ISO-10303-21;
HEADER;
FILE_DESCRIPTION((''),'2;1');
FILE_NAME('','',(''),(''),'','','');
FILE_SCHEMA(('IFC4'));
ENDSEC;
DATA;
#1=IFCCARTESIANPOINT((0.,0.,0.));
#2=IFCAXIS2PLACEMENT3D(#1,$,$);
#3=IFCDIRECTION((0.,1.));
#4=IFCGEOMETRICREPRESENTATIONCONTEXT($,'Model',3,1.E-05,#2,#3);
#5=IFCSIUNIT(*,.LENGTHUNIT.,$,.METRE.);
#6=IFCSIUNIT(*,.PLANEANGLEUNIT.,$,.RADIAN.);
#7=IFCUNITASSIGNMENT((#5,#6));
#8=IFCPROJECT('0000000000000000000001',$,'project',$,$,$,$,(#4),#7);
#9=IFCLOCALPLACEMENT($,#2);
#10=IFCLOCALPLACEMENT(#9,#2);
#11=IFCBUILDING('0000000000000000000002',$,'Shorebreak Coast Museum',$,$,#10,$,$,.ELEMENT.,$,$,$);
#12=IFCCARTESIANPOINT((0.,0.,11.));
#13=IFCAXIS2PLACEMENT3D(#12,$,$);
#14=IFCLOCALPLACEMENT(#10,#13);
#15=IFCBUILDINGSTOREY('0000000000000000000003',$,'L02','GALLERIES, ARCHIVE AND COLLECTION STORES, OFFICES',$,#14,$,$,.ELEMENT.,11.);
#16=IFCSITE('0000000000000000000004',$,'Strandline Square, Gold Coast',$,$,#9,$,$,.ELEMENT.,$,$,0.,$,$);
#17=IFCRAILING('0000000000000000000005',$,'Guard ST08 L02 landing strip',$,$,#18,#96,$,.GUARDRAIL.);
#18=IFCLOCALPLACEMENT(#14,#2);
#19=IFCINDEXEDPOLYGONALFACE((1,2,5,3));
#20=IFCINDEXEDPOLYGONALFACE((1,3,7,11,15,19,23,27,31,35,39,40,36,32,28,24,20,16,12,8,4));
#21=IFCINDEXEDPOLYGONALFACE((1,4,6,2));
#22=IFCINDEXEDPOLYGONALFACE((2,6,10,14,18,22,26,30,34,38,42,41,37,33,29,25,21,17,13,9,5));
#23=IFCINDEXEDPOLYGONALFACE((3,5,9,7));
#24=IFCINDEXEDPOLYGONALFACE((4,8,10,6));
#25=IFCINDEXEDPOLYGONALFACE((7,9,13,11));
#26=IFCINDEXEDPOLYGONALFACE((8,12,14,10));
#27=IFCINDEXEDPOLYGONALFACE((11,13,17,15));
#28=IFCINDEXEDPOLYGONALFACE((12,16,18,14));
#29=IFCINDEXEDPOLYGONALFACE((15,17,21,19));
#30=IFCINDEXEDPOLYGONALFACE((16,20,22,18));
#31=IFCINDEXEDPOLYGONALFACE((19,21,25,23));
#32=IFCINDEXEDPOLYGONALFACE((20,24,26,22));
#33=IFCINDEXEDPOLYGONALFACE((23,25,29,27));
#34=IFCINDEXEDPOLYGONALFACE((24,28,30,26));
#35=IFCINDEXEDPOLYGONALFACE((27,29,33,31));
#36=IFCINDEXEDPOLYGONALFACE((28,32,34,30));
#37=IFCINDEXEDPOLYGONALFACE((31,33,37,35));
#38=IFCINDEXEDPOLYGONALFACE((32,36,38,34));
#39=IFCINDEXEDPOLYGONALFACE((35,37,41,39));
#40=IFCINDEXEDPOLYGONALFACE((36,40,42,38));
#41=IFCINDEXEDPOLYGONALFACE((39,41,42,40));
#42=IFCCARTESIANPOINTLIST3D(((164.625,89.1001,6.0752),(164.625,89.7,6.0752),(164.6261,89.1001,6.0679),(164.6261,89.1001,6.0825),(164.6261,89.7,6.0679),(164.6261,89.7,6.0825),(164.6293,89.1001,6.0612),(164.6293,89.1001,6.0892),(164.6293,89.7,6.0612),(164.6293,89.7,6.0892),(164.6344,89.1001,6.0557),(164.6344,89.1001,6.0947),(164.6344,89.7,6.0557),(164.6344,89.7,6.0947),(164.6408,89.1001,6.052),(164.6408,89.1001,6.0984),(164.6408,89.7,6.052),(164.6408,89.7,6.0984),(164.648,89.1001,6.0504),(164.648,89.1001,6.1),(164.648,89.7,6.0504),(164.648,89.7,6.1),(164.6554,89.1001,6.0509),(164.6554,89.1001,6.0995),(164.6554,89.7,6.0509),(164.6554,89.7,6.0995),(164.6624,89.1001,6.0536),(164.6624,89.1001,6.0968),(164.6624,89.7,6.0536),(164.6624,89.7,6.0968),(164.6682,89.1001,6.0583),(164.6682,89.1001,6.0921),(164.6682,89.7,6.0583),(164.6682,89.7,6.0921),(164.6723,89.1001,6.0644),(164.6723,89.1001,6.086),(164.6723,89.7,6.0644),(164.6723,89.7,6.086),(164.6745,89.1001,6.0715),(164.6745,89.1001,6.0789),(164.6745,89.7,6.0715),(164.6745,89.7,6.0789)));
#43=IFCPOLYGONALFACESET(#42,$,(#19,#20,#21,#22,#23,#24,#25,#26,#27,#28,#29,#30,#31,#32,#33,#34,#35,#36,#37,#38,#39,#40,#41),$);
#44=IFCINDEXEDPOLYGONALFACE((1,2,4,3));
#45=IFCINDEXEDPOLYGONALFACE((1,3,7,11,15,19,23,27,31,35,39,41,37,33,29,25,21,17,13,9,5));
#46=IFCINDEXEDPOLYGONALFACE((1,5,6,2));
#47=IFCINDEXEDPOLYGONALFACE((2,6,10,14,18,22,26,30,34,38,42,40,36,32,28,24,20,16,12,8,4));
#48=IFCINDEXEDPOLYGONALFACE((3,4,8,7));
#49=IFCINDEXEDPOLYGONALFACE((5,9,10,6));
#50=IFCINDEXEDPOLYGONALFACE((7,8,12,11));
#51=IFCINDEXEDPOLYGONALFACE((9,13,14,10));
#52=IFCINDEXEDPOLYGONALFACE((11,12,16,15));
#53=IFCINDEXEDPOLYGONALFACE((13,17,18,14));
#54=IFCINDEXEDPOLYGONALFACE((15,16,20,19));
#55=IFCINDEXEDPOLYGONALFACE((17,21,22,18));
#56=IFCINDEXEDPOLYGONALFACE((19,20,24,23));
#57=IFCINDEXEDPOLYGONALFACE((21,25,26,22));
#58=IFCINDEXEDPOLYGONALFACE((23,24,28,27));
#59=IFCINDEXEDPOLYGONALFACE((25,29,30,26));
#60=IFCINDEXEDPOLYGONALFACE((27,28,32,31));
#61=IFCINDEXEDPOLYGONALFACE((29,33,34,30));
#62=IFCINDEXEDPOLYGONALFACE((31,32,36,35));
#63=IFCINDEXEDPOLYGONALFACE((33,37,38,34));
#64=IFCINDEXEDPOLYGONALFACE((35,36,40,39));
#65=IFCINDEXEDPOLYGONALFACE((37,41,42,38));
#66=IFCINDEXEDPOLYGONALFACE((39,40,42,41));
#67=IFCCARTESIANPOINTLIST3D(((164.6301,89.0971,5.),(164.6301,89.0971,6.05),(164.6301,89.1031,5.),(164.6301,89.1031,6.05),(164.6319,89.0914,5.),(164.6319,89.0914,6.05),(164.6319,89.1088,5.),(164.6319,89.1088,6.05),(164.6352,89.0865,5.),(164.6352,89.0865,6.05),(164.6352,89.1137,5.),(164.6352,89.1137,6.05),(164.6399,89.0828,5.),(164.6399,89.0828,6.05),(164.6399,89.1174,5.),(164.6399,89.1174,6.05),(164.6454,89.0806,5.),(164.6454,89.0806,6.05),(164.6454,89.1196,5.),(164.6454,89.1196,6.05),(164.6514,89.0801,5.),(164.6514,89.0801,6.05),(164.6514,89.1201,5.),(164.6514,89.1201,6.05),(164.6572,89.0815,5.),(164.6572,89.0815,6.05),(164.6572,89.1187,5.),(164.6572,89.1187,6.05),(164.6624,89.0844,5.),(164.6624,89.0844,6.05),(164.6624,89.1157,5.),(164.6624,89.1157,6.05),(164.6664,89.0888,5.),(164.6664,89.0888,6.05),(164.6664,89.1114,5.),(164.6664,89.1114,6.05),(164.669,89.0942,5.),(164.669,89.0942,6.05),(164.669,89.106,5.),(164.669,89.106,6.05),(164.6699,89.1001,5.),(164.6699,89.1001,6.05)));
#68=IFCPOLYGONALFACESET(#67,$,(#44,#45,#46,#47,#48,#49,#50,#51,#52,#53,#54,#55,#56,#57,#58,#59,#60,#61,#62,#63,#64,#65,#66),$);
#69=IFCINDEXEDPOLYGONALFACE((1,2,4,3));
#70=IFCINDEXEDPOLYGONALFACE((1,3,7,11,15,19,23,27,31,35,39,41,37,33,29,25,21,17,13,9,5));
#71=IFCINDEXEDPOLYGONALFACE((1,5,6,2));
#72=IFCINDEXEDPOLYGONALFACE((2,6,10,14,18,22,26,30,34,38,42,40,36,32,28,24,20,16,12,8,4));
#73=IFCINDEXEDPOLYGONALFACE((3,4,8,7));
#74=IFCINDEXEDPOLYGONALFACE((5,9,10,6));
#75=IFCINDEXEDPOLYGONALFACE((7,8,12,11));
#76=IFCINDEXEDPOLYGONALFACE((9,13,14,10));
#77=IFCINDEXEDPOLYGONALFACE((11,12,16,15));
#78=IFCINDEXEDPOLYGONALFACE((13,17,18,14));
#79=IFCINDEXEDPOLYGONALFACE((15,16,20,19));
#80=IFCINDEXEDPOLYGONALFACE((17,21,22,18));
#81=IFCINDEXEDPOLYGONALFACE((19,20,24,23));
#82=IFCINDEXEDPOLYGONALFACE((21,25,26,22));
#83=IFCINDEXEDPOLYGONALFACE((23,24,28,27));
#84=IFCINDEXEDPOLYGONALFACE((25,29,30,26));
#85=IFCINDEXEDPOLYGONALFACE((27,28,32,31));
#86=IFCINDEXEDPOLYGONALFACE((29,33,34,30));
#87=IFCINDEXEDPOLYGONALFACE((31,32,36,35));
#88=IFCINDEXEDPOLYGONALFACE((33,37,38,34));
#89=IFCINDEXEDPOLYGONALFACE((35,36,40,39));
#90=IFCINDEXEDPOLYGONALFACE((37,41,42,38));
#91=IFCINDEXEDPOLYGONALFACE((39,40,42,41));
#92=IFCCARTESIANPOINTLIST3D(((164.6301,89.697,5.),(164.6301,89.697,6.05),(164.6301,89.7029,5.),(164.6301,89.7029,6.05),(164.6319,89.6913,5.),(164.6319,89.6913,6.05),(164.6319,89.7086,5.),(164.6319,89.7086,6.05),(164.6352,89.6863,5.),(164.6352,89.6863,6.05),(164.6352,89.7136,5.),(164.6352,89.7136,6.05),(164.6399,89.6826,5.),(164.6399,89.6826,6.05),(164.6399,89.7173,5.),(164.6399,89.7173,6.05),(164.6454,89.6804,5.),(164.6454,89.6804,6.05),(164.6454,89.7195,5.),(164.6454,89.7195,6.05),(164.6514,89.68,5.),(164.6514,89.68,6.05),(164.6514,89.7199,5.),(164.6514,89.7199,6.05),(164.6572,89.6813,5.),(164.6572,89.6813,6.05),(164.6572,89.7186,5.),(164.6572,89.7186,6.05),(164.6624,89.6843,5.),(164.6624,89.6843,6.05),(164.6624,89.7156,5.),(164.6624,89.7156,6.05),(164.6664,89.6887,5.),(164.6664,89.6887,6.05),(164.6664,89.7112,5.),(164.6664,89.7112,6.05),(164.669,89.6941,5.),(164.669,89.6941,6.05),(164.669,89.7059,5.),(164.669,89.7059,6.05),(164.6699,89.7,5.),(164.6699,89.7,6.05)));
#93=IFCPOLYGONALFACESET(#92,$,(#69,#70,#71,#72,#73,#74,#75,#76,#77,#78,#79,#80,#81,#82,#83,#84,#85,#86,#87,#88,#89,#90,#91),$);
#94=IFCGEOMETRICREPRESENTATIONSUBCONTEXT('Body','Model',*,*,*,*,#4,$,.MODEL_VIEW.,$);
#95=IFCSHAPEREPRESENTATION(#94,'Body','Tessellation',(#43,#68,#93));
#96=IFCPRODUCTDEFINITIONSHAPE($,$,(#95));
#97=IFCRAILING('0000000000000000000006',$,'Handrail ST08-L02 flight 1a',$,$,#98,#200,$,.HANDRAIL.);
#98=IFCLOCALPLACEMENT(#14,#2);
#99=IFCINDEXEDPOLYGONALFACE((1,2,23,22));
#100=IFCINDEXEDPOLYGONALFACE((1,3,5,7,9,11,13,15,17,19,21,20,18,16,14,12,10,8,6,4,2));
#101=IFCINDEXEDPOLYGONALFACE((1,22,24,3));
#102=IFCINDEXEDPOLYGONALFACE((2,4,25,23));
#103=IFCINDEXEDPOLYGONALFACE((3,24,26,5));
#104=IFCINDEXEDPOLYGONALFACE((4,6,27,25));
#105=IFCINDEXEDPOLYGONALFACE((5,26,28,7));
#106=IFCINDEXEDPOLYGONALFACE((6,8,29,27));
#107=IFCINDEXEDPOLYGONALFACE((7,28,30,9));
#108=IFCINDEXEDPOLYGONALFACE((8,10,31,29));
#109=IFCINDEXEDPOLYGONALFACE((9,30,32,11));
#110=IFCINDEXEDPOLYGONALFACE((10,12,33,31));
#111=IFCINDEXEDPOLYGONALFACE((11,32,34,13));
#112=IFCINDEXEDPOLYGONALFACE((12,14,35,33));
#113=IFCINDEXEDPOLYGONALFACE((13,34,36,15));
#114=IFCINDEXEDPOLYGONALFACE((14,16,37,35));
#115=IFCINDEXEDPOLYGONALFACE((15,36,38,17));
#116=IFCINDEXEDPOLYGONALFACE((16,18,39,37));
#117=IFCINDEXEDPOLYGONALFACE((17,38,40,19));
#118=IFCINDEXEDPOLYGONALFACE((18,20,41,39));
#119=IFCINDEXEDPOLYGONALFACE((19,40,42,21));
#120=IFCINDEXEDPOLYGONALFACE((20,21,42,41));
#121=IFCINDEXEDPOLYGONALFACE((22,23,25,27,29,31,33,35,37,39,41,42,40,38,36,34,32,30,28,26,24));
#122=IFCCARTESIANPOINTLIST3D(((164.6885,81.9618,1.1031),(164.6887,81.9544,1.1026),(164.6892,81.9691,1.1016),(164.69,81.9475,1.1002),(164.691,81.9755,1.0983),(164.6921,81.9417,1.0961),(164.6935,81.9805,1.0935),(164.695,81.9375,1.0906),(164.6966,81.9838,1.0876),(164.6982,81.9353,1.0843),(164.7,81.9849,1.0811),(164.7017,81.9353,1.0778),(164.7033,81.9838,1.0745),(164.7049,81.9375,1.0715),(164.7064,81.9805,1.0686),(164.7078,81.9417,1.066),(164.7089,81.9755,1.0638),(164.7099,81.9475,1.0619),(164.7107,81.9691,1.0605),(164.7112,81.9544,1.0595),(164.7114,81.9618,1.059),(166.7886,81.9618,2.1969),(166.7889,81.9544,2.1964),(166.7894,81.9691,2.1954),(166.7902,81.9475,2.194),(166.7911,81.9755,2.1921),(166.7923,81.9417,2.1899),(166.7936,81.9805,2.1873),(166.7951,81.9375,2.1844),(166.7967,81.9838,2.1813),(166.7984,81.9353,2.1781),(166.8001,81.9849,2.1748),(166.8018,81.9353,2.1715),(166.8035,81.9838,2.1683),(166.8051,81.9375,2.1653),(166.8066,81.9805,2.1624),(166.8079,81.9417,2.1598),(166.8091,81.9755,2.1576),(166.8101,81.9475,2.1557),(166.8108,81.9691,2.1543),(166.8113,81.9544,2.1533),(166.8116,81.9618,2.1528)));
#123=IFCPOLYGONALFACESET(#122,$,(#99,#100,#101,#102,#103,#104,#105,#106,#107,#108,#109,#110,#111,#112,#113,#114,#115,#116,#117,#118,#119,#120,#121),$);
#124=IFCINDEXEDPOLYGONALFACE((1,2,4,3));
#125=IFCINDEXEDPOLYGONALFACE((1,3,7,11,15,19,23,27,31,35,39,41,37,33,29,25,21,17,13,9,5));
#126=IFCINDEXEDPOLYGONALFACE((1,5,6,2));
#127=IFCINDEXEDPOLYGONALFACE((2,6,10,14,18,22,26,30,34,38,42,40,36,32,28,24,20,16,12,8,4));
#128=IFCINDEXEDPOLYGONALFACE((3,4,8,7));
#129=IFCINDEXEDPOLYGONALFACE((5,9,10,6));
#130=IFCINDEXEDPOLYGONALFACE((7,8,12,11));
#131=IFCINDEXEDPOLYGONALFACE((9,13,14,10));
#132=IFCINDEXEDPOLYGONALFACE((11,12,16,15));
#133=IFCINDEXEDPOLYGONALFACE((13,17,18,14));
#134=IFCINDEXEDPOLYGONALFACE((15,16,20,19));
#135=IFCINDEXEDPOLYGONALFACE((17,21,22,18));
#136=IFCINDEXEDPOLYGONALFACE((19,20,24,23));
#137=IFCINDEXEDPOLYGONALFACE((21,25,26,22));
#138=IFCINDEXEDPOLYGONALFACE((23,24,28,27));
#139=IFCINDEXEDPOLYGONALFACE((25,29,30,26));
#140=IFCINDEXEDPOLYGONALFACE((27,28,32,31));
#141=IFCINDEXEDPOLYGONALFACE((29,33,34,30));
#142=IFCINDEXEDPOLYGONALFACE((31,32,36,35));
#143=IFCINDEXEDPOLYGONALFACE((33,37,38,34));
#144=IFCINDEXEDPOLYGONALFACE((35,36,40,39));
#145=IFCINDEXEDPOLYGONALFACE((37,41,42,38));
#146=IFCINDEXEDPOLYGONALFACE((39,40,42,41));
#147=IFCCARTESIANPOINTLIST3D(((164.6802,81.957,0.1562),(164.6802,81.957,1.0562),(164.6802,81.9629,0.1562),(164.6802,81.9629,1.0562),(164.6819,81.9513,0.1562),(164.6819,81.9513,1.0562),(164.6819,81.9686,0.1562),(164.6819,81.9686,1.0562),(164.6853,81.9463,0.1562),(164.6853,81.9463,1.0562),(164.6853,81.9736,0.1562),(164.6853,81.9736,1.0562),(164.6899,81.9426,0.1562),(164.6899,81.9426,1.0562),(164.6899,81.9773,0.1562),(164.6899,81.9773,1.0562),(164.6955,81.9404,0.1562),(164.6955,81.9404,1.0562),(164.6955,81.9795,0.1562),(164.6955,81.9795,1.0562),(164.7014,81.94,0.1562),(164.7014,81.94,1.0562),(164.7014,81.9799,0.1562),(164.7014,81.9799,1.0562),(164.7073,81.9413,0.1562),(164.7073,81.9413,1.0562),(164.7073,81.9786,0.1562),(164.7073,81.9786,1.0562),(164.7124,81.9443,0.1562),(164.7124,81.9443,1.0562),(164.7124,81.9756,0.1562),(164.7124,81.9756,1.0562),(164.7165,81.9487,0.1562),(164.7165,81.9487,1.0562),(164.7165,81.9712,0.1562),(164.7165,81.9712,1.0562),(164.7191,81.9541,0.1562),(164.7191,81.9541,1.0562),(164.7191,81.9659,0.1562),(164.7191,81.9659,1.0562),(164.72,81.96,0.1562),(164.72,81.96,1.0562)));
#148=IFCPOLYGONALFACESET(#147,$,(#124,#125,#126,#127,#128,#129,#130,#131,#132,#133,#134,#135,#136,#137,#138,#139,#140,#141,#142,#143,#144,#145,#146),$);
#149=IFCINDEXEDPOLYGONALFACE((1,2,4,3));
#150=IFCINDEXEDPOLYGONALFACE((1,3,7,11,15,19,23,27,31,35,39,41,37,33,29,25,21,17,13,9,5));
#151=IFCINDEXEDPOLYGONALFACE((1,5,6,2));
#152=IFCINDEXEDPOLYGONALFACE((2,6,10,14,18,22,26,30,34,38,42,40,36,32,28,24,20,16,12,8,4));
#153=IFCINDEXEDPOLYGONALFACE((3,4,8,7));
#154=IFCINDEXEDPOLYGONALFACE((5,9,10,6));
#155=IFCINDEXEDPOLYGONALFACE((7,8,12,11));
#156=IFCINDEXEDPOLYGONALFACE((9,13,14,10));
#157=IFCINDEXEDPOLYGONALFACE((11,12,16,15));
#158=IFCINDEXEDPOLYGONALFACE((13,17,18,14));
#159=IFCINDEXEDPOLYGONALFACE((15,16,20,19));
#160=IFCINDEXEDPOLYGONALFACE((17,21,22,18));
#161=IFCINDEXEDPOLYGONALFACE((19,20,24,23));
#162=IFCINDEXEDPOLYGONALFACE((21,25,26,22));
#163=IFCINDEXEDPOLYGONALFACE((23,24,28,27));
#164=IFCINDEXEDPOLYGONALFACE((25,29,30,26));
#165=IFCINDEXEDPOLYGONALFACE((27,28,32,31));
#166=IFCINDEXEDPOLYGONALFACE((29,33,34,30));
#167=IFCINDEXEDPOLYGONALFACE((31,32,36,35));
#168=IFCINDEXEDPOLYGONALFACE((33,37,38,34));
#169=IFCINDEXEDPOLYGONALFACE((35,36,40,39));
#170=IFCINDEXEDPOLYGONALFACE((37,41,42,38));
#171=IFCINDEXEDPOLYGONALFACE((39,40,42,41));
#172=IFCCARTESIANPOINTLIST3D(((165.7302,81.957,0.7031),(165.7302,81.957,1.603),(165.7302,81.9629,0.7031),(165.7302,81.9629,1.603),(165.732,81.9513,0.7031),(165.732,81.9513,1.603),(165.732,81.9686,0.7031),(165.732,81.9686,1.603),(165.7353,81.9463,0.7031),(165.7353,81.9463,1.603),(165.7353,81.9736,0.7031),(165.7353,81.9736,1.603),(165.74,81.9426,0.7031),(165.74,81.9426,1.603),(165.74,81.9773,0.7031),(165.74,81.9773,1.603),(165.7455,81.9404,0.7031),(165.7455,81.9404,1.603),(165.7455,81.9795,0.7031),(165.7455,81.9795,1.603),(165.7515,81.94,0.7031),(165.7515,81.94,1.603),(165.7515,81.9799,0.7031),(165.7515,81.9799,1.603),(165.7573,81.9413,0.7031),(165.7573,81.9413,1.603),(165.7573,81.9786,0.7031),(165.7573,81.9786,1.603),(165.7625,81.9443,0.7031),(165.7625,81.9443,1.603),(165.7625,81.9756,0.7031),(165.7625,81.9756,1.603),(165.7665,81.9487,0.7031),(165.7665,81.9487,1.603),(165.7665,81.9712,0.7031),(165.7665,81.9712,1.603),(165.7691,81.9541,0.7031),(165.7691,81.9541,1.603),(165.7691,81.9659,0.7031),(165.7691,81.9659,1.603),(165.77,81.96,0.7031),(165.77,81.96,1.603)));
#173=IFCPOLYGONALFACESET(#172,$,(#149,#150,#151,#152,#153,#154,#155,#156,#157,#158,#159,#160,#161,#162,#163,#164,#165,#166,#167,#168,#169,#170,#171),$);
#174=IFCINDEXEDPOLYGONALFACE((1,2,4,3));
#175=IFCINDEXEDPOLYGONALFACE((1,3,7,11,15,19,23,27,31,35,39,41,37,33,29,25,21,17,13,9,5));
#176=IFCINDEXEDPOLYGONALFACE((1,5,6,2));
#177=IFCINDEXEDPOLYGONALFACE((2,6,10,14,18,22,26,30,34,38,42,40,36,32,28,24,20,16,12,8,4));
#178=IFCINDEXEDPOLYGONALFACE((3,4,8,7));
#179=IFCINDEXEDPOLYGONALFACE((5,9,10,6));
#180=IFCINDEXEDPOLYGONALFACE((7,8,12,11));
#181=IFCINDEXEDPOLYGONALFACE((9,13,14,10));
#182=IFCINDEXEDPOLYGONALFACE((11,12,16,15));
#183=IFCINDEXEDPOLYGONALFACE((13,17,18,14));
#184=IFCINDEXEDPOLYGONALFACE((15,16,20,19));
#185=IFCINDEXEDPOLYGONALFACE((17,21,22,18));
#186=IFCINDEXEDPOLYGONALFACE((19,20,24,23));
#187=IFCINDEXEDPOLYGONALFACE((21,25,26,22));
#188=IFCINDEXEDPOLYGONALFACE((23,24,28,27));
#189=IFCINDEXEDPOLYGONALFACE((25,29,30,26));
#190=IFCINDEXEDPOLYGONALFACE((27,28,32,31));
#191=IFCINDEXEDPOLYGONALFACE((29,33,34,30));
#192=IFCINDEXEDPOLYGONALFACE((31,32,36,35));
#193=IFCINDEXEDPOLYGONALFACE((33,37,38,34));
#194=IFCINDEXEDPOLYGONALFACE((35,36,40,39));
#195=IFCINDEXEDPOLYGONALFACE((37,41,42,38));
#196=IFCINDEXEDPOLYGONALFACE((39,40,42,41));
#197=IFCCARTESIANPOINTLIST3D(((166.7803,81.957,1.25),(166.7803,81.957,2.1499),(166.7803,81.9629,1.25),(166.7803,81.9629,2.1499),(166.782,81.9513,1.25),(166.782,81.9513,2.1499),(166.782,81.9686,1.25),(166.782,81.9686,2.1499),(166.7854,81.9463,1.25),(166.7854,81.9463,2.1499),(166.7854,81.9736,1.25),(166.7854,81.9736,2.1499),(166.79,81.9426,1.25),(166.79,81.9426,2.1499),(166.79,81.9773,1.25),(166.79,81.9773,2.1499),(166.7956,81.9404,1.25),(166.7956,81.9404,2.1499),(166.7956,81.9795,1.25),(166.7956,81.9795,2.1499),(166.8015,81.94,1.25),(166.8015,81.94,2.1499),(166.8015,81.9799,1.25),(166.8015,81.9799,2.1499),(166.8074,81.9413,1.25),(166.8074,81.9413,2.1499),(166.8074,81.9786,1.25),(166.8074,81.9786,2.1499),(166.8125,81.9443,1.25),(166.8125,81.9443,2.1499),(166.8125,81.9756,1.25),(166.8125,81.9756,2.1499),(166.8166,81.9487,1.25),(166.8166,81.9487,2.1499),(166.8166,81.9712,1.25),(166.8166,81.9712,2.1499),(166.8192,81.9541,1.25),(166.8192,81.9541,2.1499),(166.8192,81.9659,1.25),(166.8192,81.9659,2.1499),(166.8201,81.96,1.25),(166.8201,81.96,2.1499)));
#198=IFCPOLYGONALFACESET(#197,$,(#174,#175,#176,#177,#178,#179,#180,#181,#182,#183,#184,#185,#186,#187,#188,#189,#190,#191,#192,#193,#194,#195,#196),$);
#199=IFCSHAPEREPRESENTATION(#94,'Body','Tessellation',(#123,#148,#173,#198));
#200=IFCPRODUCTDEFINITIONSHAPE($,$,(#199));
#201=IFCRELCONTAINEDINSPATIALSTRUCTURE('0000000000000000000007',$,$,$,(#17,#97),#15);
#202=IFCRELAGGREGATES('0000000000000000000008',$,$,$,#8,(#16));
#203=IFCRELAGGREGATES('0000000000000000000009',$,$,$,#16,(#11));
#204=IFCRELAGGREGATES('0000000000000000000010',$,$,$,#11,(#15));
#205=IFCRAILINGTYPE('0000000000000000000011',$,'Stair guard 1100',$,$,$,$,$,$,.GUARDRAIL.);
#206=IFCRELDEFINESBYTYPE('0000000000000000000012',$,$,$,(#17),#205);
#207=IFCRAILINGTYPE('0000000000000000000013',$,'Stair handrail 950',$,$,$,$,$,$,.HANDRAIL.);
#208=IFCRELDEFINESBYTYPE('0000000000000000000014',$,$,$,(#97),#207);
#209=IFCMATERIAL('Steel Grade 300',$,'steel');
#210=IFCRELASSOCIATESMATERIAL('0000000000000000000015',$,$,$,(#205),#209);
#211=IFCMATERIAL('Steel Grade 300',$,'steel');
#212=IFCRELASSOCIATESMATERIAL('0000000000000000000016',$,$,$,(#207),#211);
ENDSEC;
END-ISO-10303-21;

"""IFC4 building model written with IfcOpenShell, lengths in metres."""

from ifc_helpers import new_model, si_unit, direction, frame, origin, origin_2d, place, context, subcontext, project, spatial, circle, extrude, material, type_object, element, save


model = new_model("IFC4")

# Units and contexts
model_context = context("Model", 3, precision=1e-05, world=origin(), true_north=direction((0.0, 1.0)))
body_context = subcontext(model_context, "Body", "Model", "MODEL_VIEW")
ifc_project = project(units=[si_unit("LENGTHUNIT", "METRE"), si_unit("PLANEANGLEUNIT", "RADIAN")], contexts=[model_context])

# Site, building, storey
site_placement = place(None, origin())
site = spatial("IfcSite", under=ifc_project, at=site_placement, Name="Strandline Square, Gold Coast", CompositionType="ELEMENT", RefElevation=0.0)
building_placement = place(site_placement, origin())
building = spatial("IfcBuilding", under=site, at=building_placement, Name="Shorebreak Coast Museum", CompositionType="ELEMENT")
storey_placement = place(building_placement, frame((0.0, 0.0, 11.0)))
storey = spatial("IfcBuildingStorey", under=building, at=storey_placement, Name="L02", Description="GALLERIES, ARCHIVE AND COLLECTION STORES, OFFICES", CompositionType="ELEMENT", Elevation=11.0)

# Railings
ifc_material_1 = material(Name="Steel Grade 300", Category="steel")
railing_type_1 = type_object("IfcRailingType", Name="Stair guard 1100", PredefinedType="GUARDRAIL", material=ifc_material_1)
for number, where, name in (
    (1, (164.6499, 89.1001, 5.0), "Guard ST08 L02 landing strip"),
):
    element("IfcRailing", number, at=place(storey_placement, frame(where)), inside=storey, type_object=railing_type_1, Name=name, PredefinedType="GUARDRAIL", context=body_context, shape_type="SweptSolid", body=[
        extrude(circle(Radius=0.0249, at=origin_2d()), frame((0.0, 0.0, 1.0752), z_axis=(0.0, 1.0, 0.0), x_axis=(-1.0, 0.0, 0.0)), (0.0, 0.0, 1.0), 0.5999),
        extrude(circle(Radius=0.02, at=origin_2d()), origin(), (0.0, 0.0, 1.0), 1.05),
        extrude(circle(Radius=0.02, at=origin_2d()), frame((0.0, 0.5999, 0.0)), (0.0, 0.0, 1.0), 1.05),
    ])
ifc_material_2 = material(Name="Steel Grade 300", Category="steel")
railing_type_2 = type_object("IfcRailingType", Name="Stair handrail 950", PredefinedType="HANDRAIL", material=ifc_material_2)
for number, where, name in (
    (2, (164.7, 81.96, 0.1562), "Handrail ST08-L02 flight 1a"),
):
    element("IfcRailing", number, at=place(storey_placement, frame(where)), inside=storey, type_object=railing_type_2, Name=name, PredefinedType="HANDRAIL", context=body_context, shape_type="SweptSolid", body=[
        extrude(circle(Radius=0.0249, at=origin_2d()), frame((0.0, 0.0, 0.9248), z_axis=(0.886923, 0.0, 0.461918), x_axis=(0.0, 1.0, 0.0)), (0.0, 0.0, 1.0), 2.3679),
        extrude(circle(Radius=0.02, at=origin_2d()), origin(), (0.0, 0.0, 1.0), 0.8999),
        extrude(circle(Radius=0.02, at=origin_2d()), frame((1.05, 0.0, 0.5469)), (0.0, 0.0, 1.0), 0.8999),
        extrude(circle(Radius=0.02, at=origin_2d()), frame((2.1001, 0.0, 1.0938)), (0.0, 0.0, 1.0), 0.8999),
    ])

save(model, "model.ifc")
